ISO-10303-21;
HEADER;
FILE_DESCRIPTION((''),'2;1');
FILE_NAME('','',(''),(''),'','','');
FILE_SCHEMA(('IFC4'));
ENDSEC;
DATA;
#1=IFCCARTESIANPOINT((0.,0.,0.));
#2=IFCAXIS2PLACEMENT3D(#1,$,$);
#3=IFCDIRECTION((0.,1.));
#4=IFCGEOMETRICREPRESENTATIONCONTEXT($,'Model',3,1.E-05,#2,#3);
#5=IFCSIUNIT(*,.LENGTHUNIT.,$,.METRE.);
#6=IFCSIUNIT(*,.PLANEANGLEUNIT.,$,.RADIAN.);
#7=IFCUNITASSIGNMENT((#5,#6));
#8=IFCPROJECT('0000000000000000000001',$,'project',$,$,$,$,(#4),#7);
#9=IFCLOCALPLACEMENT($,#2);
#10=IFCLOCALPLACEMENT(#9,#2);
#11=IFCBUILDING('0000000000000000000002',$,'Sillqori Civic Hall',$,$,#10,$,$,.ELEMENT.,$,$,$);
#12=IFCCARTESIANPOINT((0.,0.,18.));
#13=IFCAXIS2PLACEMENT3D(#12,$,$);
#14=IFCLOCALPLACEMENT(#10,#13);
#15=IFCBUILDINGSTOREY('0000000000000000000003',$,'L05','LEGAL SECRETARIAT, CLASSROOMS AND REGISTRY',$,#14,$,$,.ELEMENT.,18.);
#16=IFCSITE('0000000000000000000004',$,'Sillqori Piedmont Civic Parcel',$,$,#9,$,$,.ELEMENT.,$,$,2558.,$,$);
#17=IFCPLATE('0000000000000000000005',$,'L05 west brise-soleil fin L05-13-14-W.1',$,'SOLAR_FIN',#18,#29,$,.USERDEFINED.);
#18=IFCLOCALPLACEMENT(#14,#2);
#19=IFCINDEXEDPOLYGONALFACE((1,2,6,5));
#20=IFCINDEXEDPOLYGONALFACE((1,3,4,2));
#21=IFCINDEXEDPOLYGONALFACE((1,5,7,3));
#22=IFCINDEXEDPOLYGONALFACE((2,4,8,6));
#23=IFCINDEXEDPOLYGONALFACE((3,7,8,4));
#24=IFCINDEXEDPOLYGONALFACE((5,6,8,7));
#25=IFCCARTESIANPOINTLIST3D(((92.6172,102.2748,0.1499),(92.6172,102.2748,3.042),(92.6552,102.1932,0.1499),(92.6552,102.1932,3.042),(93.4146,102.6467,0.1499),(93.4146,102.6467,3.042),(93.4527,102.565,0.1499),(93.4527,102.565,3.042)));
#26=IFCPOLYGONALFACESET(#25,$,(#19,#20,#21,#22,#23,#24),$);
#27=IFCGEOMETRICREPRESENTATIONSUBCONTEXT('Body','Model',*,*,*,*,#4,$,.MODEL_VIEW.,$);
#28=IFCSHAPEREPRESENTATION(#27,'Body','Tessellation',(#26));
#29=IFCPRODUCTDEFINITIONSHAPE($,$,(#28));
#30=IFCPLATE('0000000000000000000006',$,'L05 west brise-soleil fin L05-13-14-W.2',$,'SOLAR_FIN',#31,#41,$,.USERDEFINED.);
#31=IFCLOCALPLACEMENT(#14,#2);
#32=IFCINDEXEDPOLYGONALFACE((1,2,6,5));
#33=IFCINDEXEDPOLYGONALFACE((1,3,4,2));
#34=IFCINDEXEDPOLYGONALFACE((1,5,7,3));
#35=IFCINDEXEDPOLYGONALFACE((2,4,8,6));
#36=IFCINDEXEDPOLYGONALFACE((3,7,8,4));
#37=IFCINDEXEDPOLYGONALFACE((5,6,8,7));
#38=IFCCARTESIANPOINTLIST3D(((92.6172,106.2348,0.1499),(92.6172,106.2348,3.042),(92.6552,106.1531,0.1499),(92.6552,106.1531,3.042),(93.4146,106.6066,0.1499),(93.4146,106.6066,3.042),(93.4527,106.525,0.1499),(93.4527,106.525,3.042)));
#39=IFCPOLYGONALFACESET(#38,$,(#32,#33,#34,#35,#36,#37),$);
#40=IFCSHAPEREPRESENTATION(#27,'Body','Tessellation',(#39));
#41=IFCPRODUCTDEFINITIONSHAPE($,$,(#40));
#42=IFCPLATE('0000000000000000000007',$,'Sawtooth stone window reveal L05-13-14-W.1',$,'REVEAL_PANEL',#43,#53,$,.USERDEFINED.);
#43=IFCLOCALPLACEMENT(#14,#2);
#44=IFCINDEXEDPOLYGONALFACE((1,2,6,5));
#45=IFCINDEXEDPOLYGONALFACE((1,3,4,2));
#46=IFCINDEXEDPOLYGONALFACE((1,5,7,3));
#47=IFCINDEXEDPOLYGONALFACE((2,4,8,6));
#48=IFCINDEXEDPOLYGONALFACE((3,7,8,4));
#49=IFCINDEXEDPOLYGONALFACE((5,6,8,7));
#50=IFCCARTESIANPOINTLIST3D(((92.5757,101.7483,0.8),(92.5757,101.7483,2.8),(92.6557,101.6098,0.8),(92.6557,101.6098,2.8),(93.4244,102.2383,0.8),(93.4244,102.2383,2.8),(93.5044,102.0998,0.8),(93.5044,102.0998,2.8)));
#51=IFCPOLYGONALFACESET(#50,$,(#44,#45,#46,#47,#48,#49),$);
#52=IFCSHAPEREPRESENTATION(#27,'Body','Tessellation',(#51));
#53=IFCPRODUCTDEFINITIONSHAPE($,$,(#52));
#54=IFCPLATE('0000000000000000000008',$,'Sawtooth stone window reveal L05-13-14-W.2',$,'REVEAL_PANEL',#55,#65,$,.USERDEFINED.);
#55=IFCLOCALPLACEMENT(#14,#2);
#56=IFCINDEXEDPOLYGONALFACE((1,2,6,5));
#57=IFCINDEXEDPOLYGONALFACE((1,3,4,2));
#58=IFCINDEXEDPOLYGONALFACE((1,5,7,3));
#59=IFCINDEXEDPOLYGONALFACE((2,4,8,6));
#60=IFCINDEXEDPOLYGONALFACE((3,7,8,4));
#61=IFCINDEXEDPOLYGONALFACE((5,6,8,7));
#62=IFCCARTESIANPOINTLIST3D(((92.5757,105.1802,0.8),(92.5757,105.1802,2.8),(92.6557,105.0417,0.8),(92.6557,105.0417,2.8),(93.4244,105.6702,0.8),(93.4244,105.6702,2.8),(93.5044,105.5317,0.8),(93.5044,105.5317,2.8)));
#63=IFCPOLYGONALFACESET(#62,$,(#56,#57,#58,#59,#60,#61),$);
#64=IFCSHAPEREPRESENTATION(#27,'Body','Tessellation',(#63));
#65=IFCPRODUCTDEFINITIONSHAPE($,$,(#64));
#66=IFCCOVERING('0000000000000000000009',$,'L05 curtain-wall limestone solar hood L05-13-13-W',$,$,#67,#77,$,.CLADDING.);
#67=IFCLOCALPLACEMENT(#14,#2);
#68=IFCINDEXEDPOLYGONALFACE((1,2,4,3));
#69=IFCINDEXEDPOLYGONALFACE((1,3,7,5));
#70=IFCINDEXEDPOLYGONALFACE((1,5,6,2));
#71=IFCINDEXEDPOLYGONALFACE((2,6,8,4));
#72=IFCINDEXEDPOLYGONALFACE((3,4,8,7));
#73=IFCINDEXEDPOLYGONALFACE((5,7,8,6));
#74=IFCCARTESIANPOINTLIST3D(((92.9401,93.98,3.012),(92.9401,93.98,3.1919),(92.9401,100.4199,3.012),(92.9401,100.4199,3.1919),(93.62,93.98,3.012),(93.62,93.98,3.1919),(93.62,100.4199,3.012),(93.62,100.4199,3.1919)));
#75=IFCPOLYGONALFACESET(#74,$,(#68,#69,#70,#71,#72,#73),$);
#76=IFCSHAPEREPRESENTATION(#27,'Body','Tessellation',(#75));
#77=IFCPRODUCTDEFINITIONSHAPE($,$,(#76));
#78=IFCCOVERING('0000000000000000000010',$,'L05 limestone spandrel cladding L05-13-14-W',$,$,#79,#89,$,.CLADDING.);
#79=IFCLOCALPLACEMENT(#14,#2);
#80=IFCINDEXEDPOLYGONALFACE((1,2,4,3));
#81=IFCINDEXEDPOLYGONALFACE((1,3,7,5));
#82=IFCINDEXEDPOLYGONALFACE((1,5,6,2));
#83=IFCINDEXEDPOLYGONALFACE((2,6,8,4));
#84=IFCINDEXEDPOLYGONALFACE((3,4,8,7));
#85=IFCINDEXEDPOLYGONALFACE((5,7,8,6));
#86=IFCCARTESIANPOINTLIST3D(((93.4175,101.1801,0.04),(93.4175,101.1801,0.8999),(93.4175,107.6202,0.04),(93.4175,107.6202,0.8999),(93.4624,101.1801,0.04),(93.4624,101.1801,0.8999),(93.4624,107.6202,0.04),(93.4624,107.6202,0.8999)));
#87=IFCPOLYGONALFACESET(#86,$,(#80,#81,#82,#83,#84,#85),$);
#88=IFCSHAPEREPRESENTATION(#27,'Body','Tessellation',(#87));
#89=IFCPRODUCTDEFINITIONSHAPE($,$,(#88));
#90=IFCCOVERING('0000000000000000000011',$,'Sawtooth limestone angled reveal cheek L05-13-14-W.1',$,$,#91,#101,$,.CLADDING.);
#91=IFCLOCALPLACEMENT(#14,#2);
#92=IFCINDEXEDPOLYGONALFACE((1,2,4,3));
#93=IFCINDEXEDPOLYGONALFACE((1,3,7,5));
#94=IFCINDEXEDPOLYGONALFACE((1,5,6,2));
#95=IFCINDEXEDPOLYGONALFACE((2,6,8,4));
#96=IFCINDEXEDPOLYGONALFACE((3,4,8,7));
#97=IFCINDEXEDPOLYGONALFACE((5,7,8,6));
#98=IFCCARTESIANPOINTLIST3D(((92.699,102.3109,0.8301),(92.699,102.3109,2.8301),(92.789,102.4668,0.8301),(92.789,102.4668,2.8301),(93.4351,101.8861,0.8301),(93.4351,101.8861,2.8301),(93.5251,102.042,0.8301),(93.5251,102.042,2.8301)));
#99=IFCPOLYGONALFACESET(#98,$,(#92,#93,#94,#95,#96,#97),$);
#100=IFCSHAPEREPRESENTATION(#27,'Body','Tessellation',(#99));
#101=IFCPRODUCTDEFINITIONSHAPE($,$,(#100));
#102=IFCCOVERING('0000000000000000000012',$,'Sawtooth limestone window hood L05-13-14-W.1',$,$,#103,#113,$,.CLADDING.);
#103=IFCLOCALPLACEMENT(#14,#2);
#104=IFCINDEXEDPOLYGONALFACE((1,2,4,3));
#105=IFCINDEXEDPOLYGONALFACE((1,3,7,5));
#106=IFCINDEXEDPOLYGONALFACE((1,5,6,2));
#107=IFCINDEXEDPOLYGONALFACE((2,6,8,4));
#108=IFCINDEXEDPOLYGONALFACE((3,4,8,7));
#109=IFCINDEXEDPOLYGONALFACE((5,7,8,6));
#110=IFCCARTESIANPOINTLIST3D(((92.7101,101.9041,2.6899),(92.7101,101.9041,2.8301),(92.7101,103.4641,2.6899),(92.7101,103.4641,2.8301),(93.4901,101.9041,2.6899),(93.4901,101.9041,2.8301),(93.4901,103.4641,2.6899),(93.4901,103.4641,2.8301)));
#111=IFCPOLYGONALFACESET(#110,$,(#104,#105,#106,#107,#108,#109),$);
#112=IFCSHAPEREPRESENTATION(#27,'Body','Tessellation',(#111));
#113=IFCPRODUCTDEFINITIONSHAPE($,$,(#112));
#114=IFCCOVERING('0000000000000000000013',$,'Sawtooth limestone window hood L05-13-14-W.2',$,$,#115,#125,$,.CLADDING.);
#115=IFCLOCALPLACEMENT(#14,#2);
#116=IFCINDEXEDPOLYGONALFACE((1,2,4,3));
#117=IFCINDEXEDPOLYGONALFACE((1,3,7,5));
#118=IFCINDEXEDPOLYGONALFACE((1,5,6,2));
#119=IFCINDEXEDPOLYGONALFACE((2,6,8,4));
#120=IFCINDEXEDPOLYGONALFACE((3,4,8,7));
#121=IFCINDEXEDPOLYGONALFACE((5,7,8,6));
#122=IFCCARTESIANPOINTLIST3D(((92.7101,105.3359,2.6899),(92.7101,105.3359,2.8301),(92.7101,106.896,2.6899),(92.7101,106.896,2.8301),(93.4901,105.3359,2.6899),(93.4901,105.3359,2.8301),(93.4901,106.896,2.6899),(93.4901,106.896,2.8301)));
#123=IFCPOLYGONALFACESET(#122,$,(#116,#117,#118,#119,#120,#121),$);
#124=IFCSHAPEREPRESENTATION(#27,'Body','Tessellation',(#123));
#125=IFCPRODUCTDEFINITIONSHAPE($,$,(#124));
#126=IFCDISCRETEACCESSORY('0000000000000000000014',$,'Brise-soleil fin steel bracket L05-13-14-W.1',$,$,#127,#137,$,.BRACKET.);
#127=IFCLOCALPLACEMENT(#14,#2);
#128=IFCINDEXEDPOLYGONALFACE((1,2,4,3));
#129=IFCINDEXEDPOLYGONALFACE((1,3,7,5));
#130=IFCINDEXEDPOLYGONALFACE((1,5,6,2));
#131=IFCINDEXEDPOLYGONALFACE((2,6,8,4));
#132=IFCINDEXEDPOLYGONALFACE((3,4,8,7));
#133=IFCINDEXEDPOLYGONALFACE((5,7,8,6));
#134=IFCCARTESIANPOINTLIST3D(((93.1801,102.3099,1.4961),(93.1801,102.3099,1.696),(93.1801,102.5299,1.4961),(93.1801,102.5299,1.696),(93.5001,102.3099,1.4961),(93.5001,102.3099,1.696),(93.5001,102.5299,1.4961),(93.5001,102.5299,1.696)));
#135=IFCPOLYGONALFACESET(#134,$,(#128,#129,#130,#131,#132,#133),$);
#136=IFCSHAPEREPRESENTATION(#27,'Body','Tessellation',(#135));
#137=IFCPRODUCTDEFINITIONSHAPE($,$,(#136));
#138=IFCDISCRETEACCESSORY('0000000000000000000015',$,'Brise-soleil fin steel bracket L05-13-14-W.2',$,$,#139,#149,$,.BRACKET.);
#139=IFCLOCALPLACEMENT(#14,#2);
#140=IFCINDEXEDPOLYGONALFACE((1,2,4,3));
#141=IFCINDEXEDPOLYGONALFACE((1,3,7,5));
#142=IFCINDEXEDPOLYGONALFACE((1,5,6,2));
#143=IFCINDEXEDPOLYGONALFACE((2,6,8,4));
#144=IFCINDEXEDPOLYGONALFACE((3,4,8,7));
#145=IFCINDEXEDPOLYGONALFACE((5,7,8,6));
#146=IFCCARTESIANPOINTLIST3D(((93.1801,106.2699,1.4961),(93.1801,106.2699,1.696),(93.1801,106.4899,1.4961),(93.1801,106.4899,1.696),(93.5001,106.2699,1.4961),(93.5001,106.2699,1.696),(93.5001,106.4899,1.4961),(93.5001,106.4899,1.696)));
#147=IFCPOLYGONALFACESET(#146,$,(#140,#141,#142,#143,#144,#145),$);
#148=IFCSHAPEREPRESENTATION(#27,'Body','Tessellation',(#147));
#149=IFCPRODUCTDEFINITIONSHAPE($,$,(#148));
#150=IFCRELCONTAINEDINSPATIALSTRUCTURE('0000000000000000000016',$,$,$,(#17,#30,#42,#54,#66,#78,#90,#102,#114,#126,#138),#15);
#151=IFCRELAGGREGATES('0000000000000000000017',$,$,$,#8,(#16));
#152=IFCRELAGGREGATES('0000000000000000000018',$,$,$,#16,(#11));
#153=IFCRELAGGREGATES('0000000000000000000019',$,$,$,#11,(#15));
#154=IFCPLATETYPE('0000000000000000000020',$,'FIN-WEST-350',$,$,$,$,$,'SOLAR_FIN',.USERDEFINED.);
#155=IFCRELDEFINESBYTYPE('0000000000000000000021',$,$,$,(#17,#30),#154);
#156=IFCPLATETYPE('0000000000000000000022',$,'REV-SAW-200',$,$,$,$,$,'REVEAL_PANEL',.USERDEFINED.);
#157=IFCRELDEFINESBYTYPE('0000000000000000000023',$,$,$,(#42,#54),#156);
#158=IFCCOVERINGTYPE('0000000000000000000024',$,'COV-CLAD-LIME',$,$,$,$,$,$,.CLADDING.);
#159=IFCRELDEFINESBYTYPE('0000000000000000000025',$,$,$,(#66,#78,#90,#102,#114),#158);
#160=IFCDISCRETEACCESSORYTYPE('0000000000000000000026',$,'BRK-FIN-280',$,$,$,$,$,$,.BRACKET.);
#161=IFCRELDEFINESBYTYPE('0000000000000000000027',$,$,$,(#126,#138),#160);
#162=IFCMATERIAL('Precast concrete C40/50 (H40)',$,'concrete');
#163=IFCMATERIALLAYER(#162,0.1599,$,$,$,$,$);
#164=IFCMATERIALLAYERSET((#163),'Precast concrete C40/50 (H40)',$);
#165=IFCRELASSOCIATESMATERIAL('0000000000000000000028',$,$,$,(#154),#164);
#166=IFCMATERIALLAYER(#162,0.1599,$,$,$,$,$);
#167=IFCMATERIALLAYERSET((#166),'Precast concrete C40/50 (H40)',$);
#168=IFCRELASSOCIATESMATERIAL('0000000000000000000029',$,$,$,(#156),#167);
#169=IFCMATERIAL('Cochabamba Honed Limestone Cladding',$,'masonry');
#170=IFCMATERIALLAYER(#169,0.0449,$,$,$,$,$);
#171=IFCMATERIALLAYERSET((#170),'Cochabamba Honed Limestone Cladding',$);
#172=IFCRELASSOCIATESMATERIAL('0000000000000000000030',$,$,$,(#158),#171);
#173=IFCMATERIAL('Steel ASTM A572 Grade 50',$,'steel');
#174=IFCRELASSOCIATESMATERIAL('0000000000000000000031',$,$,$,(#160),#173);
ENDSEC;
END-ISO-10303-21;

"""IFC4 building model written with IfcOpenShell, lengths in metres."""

from ifc_helpers import new_model, si_unit, direction, frame, frame_2d, origin, origin_2d, place, context, subcontext, project, spatial, rectangle, extrude, material, layer, layer_set, type_object, element, save


model = new_model("IFC4")

# Units and contexts
model_context = context("Model", 3, precision=1e-05, world=origin(), true_north=direction((0.0, 1.0)))
body_context = subcontext(model_context, "Body", "Model", "MODEL_VIEW")
ifc_project = project(units=[si_unit("LENGTHUNIT", "METRE"), si_unit("PLANEANGLEUNIT", "RADIAN")], contexts=[model_context])

# Site, building, storey
site_placement = place(None, origin())
site = spatial("IfcSite", under=ifc_project, at=site_placement, Name="Sillqori Piedmont Civic Parcel", CompositionType="ELEMENT", RefElevation=2558.0)
building_placement = place(site_placement, origin())
building = spatial("IfcBuilding", under=site, at=building_placement, Name="Sillqori Civic Hall", CompositionType="ELEMENT")
storey_placement = place(building_placement, frame((0.0, 0.0, 18.0)))
storey = spatial("IfcBuildingStorey", under=building, at=storey_placement, Name="L05", Description="LEGAL SECRETARIAT, CLASSROOMS AND REGISTRY", CompositionType="ELEMENT", Elevation=18.0)

# Plates
ifc_material_1 = material(Name="Precast concrete C40/50 (H40)", Category="concrete")
ifc_layer_1 = layer(ifc_material_1, 0.1599)
ifc_layer_set_1 = layer_set([ifc_layer_1], Name="Precast concrete C40/50 (H40)")
plate_type_1 = type_object("IfcPlateType", Name="FIN-WEST-350", ElementType="SOLAR_FIN", PredefinedType="USERDEFINED", material=ifc_layer_set_1)
for number, where, z_axis, x_axis, name in (
    (1, (93.0349, 102.4199, 0.1499), (0.0, 0.0, 1.0), (-0.422618, 0.906308, 0.0), "L05 west brise-soleil fin L05-13-14-W.1"),
    (2, (93.0349, 106.3799, 0.1499), (0.0, 0.0, 1.0), (-0.422618, 0.906308, 0.0), "L05 west brise-soleil fin L05-13-14-W.2"),
):
    element("IfcPlate", number, at=place(storey_placement, frame(where, z_axis=z_axis, x_axis=x_axis)), inside=storey, type_object=plate_type_1, Name=name, ObjectType="SOLAR_FIN", PredefinedType="USERDEFINED", context=body_context, shape_type="SweptSolid", body=[
        extrude(rectangle(XDim=0.0901, YDim=0.8799, at=origin_2d()), origin(), (0.0, 0.0, 1.0), 2.8921),
    ])
ifc_layer_2 = layer(ifc_material_1, 0.1599)
ifc_layer_set_2 = layer_set([ifc_layer_2], Name="Precast concrete C40/50 (H40)")
plate_type_2 = type_object("IfcPlateType", Name="REV-SAW-200", ElementType="REVEAL_PANEL", PredefinedType="USERDEFINED", material=ifc_layer_set_2)
for number, where, z_axis, x_axis, name in (
    (3, (93.04, 101.9241, 0.8), (0.0, 0.0, 1.0), (-0.5, 0.866025, 0.0), "Sawtooth stone window reveal L05-13-14-W.1"),
    (4, (93.04, 105.356, 0.8), (0.0, 0.0, 1.0), (-0.5, 0.866025, 0.0), "Sawtooth stone window reveal L05-13-14-W.2"),
):
    element("IfcPlate", number, at=place(storey_placement, frame(where, z_axis=z_axis, x_axis=x_axis)), inside=storey, type_object=plate_type_2, Name=name, ObjectType="REVEAL_PANEL", PredefinedType="USERDEFINED", context=body_context, shape_type="SweptSolid", body=[
        extrude(rectangle(XDim=0.1599, YDim=0.98, at=origin_2d()), origin(), (0.0, 0.0, 1.0), 2.0),
    ])

# Coverings
ifc_material_2 = material(Name="Cochabamba Honed Limestone Cladding", Category="masonry")
ifc_layer_3 = layer(ifc_material_2, 0.0449)
ifc_layer_set_3 = layer_set([ifc_layer_3], Name="Cochabamba Honed Limestone Cladding")
covering_type = type_object("IfcCoveringType", Name="COV-CLAD-LIME", PredefinedType="CLADDING", material=ifc_layer_set_3)
covering_1_placement = place(storey_placement, frame((93.28, 93.98, 3.012), z_axis=(0.0, 0.0, 1.0), x_axis=(0.0, 1.0, 0.0)))
element("IfcCovering", 5, at=covering_1_placement, inside=storey, type_object=covering_type, Name="L05 curtain-wall limestone solar hood L05-13-13-W", PredefinedType="CLADDING", context=body_context, shape_type="SweptSolid", body=[
    extrude(rectangle(XDim=6.4399, YDim=0.6799, at=frame_2d((3.22, 0.0))), origin(), (0.0, 0.0, 1.0), 0.1799),
])
covering_2_placement = place(storey_placement, frame((93.4399, 101.1799, 0.04), z_axis=(0.0, 0.0, 1.0), x_axis=(0.0, 1.0, 0.0)))
element("IfcCovering", 6, at=covering_2_placement, inside=storey, type_object=covering_type, Name="L05 limestone spandrel cladding L05-13-14-W", PredefinedType="CLADDING", context=body_context, shape_type="SweptSolid", body=[
    extrude(rectangle(XDim=6.4402, YDim=0.0449, at=frame_2d((3.2202, 0.0))), origin(), (0.0, 0.0, 1.0), 0.8599),
])
covering_3_placement = place(storey_placement, frame((93.48, 101.9641, 0.8301), z_axis=(0.0, 0.0, 1.0), x_axis=(-0.866114, 0.499847, 0.0)))
element("IfcCovering", 7, at=covering_3_placement, inside=storey, type_object=covering_type, Name="Sawtooth limestone angled reveal cheek L05-13-14-W.1", PredefinedType="CLADDING", context=body_context, shape_type="SweptSolid", body=[
    extrude(rectangle(XDim=0.8499, YDim=0.1799, at=frame_2d((0.4248, 0.0))), origin(), (0.0, 0.0, 1.0), 2.0),
])
for number, where, z_axis, x_axis, name in (
    (8, (93.1001, 101.9041, 2.6899), (0.0, 0.0, 1.0), (0.0, 1.0, 0.0), "Sawtooth limestone window hood L05-13-14-W.1"),
    (9, (93.1001, 105.3359, 2.6899), (0.0, 0.0, 1.0), (0.0, 1.0, 0.0), "Sawtooth limestone window hood L05-13-14-W.2"),
):
    element("IfcCovering", number, at=place(storey_placement, frame(where, z_axis=z_axis, x_axis=x_axis)), inside=storey, type_object=covering_type, Name=name, PredefinedType="CLADDING", context=body_context, shape_type="SweptSolid", body=[
        extrude(rectangle(XDim=1.5601, YDim=0.78, at=frame_2d((0.78, 0.0))), origin(), (0.0, 0.0, 1.0), 0.1401),
    ])

# Discrete accessories
ifc_material_3 = material(Name="Steel ASTM A572 Grade 50", Category="steel")
discrete_accessory_type = type_object("IfcDiscreteAccessoryType", Name="BRK-FIN-280", PredefinedType="BRACKET", material=ifc_material_3)
for number, where, z_axis, x_axis, name in (
    (10, (93.3401, 102.4199, 1.4961), (0.0, 0.0, 1.0), (0.0, 1.0, 0.0), "Brise-soleil fin steel bracket L05-13-14-W.1"),
    (11, (93.3401, 106.3799, 1.4961), (0.0, 0.0, 1.0), (0.0, 1.0, 0.0), "Brise-soleil fin steel bracket L05-13-14-W.2"),
):
    element("IfcDiscreteAccessory", number, at=place(storey_placement, frame(where, z_axis=z_axis, x_axis=x_axis)), inside=storey, type_object=discrete_accessory_type, Name=name, PredefinedType="BRACKET", context=body_context, shape_type="SweptSolid", body=[
        extrude(rectangle(XDim=0.22, YDim=0.3201, at=origin_2d()), origin(), (0.0, 0.0, 1.0), 0.2),
    ])

save(model, "model.ifc")
